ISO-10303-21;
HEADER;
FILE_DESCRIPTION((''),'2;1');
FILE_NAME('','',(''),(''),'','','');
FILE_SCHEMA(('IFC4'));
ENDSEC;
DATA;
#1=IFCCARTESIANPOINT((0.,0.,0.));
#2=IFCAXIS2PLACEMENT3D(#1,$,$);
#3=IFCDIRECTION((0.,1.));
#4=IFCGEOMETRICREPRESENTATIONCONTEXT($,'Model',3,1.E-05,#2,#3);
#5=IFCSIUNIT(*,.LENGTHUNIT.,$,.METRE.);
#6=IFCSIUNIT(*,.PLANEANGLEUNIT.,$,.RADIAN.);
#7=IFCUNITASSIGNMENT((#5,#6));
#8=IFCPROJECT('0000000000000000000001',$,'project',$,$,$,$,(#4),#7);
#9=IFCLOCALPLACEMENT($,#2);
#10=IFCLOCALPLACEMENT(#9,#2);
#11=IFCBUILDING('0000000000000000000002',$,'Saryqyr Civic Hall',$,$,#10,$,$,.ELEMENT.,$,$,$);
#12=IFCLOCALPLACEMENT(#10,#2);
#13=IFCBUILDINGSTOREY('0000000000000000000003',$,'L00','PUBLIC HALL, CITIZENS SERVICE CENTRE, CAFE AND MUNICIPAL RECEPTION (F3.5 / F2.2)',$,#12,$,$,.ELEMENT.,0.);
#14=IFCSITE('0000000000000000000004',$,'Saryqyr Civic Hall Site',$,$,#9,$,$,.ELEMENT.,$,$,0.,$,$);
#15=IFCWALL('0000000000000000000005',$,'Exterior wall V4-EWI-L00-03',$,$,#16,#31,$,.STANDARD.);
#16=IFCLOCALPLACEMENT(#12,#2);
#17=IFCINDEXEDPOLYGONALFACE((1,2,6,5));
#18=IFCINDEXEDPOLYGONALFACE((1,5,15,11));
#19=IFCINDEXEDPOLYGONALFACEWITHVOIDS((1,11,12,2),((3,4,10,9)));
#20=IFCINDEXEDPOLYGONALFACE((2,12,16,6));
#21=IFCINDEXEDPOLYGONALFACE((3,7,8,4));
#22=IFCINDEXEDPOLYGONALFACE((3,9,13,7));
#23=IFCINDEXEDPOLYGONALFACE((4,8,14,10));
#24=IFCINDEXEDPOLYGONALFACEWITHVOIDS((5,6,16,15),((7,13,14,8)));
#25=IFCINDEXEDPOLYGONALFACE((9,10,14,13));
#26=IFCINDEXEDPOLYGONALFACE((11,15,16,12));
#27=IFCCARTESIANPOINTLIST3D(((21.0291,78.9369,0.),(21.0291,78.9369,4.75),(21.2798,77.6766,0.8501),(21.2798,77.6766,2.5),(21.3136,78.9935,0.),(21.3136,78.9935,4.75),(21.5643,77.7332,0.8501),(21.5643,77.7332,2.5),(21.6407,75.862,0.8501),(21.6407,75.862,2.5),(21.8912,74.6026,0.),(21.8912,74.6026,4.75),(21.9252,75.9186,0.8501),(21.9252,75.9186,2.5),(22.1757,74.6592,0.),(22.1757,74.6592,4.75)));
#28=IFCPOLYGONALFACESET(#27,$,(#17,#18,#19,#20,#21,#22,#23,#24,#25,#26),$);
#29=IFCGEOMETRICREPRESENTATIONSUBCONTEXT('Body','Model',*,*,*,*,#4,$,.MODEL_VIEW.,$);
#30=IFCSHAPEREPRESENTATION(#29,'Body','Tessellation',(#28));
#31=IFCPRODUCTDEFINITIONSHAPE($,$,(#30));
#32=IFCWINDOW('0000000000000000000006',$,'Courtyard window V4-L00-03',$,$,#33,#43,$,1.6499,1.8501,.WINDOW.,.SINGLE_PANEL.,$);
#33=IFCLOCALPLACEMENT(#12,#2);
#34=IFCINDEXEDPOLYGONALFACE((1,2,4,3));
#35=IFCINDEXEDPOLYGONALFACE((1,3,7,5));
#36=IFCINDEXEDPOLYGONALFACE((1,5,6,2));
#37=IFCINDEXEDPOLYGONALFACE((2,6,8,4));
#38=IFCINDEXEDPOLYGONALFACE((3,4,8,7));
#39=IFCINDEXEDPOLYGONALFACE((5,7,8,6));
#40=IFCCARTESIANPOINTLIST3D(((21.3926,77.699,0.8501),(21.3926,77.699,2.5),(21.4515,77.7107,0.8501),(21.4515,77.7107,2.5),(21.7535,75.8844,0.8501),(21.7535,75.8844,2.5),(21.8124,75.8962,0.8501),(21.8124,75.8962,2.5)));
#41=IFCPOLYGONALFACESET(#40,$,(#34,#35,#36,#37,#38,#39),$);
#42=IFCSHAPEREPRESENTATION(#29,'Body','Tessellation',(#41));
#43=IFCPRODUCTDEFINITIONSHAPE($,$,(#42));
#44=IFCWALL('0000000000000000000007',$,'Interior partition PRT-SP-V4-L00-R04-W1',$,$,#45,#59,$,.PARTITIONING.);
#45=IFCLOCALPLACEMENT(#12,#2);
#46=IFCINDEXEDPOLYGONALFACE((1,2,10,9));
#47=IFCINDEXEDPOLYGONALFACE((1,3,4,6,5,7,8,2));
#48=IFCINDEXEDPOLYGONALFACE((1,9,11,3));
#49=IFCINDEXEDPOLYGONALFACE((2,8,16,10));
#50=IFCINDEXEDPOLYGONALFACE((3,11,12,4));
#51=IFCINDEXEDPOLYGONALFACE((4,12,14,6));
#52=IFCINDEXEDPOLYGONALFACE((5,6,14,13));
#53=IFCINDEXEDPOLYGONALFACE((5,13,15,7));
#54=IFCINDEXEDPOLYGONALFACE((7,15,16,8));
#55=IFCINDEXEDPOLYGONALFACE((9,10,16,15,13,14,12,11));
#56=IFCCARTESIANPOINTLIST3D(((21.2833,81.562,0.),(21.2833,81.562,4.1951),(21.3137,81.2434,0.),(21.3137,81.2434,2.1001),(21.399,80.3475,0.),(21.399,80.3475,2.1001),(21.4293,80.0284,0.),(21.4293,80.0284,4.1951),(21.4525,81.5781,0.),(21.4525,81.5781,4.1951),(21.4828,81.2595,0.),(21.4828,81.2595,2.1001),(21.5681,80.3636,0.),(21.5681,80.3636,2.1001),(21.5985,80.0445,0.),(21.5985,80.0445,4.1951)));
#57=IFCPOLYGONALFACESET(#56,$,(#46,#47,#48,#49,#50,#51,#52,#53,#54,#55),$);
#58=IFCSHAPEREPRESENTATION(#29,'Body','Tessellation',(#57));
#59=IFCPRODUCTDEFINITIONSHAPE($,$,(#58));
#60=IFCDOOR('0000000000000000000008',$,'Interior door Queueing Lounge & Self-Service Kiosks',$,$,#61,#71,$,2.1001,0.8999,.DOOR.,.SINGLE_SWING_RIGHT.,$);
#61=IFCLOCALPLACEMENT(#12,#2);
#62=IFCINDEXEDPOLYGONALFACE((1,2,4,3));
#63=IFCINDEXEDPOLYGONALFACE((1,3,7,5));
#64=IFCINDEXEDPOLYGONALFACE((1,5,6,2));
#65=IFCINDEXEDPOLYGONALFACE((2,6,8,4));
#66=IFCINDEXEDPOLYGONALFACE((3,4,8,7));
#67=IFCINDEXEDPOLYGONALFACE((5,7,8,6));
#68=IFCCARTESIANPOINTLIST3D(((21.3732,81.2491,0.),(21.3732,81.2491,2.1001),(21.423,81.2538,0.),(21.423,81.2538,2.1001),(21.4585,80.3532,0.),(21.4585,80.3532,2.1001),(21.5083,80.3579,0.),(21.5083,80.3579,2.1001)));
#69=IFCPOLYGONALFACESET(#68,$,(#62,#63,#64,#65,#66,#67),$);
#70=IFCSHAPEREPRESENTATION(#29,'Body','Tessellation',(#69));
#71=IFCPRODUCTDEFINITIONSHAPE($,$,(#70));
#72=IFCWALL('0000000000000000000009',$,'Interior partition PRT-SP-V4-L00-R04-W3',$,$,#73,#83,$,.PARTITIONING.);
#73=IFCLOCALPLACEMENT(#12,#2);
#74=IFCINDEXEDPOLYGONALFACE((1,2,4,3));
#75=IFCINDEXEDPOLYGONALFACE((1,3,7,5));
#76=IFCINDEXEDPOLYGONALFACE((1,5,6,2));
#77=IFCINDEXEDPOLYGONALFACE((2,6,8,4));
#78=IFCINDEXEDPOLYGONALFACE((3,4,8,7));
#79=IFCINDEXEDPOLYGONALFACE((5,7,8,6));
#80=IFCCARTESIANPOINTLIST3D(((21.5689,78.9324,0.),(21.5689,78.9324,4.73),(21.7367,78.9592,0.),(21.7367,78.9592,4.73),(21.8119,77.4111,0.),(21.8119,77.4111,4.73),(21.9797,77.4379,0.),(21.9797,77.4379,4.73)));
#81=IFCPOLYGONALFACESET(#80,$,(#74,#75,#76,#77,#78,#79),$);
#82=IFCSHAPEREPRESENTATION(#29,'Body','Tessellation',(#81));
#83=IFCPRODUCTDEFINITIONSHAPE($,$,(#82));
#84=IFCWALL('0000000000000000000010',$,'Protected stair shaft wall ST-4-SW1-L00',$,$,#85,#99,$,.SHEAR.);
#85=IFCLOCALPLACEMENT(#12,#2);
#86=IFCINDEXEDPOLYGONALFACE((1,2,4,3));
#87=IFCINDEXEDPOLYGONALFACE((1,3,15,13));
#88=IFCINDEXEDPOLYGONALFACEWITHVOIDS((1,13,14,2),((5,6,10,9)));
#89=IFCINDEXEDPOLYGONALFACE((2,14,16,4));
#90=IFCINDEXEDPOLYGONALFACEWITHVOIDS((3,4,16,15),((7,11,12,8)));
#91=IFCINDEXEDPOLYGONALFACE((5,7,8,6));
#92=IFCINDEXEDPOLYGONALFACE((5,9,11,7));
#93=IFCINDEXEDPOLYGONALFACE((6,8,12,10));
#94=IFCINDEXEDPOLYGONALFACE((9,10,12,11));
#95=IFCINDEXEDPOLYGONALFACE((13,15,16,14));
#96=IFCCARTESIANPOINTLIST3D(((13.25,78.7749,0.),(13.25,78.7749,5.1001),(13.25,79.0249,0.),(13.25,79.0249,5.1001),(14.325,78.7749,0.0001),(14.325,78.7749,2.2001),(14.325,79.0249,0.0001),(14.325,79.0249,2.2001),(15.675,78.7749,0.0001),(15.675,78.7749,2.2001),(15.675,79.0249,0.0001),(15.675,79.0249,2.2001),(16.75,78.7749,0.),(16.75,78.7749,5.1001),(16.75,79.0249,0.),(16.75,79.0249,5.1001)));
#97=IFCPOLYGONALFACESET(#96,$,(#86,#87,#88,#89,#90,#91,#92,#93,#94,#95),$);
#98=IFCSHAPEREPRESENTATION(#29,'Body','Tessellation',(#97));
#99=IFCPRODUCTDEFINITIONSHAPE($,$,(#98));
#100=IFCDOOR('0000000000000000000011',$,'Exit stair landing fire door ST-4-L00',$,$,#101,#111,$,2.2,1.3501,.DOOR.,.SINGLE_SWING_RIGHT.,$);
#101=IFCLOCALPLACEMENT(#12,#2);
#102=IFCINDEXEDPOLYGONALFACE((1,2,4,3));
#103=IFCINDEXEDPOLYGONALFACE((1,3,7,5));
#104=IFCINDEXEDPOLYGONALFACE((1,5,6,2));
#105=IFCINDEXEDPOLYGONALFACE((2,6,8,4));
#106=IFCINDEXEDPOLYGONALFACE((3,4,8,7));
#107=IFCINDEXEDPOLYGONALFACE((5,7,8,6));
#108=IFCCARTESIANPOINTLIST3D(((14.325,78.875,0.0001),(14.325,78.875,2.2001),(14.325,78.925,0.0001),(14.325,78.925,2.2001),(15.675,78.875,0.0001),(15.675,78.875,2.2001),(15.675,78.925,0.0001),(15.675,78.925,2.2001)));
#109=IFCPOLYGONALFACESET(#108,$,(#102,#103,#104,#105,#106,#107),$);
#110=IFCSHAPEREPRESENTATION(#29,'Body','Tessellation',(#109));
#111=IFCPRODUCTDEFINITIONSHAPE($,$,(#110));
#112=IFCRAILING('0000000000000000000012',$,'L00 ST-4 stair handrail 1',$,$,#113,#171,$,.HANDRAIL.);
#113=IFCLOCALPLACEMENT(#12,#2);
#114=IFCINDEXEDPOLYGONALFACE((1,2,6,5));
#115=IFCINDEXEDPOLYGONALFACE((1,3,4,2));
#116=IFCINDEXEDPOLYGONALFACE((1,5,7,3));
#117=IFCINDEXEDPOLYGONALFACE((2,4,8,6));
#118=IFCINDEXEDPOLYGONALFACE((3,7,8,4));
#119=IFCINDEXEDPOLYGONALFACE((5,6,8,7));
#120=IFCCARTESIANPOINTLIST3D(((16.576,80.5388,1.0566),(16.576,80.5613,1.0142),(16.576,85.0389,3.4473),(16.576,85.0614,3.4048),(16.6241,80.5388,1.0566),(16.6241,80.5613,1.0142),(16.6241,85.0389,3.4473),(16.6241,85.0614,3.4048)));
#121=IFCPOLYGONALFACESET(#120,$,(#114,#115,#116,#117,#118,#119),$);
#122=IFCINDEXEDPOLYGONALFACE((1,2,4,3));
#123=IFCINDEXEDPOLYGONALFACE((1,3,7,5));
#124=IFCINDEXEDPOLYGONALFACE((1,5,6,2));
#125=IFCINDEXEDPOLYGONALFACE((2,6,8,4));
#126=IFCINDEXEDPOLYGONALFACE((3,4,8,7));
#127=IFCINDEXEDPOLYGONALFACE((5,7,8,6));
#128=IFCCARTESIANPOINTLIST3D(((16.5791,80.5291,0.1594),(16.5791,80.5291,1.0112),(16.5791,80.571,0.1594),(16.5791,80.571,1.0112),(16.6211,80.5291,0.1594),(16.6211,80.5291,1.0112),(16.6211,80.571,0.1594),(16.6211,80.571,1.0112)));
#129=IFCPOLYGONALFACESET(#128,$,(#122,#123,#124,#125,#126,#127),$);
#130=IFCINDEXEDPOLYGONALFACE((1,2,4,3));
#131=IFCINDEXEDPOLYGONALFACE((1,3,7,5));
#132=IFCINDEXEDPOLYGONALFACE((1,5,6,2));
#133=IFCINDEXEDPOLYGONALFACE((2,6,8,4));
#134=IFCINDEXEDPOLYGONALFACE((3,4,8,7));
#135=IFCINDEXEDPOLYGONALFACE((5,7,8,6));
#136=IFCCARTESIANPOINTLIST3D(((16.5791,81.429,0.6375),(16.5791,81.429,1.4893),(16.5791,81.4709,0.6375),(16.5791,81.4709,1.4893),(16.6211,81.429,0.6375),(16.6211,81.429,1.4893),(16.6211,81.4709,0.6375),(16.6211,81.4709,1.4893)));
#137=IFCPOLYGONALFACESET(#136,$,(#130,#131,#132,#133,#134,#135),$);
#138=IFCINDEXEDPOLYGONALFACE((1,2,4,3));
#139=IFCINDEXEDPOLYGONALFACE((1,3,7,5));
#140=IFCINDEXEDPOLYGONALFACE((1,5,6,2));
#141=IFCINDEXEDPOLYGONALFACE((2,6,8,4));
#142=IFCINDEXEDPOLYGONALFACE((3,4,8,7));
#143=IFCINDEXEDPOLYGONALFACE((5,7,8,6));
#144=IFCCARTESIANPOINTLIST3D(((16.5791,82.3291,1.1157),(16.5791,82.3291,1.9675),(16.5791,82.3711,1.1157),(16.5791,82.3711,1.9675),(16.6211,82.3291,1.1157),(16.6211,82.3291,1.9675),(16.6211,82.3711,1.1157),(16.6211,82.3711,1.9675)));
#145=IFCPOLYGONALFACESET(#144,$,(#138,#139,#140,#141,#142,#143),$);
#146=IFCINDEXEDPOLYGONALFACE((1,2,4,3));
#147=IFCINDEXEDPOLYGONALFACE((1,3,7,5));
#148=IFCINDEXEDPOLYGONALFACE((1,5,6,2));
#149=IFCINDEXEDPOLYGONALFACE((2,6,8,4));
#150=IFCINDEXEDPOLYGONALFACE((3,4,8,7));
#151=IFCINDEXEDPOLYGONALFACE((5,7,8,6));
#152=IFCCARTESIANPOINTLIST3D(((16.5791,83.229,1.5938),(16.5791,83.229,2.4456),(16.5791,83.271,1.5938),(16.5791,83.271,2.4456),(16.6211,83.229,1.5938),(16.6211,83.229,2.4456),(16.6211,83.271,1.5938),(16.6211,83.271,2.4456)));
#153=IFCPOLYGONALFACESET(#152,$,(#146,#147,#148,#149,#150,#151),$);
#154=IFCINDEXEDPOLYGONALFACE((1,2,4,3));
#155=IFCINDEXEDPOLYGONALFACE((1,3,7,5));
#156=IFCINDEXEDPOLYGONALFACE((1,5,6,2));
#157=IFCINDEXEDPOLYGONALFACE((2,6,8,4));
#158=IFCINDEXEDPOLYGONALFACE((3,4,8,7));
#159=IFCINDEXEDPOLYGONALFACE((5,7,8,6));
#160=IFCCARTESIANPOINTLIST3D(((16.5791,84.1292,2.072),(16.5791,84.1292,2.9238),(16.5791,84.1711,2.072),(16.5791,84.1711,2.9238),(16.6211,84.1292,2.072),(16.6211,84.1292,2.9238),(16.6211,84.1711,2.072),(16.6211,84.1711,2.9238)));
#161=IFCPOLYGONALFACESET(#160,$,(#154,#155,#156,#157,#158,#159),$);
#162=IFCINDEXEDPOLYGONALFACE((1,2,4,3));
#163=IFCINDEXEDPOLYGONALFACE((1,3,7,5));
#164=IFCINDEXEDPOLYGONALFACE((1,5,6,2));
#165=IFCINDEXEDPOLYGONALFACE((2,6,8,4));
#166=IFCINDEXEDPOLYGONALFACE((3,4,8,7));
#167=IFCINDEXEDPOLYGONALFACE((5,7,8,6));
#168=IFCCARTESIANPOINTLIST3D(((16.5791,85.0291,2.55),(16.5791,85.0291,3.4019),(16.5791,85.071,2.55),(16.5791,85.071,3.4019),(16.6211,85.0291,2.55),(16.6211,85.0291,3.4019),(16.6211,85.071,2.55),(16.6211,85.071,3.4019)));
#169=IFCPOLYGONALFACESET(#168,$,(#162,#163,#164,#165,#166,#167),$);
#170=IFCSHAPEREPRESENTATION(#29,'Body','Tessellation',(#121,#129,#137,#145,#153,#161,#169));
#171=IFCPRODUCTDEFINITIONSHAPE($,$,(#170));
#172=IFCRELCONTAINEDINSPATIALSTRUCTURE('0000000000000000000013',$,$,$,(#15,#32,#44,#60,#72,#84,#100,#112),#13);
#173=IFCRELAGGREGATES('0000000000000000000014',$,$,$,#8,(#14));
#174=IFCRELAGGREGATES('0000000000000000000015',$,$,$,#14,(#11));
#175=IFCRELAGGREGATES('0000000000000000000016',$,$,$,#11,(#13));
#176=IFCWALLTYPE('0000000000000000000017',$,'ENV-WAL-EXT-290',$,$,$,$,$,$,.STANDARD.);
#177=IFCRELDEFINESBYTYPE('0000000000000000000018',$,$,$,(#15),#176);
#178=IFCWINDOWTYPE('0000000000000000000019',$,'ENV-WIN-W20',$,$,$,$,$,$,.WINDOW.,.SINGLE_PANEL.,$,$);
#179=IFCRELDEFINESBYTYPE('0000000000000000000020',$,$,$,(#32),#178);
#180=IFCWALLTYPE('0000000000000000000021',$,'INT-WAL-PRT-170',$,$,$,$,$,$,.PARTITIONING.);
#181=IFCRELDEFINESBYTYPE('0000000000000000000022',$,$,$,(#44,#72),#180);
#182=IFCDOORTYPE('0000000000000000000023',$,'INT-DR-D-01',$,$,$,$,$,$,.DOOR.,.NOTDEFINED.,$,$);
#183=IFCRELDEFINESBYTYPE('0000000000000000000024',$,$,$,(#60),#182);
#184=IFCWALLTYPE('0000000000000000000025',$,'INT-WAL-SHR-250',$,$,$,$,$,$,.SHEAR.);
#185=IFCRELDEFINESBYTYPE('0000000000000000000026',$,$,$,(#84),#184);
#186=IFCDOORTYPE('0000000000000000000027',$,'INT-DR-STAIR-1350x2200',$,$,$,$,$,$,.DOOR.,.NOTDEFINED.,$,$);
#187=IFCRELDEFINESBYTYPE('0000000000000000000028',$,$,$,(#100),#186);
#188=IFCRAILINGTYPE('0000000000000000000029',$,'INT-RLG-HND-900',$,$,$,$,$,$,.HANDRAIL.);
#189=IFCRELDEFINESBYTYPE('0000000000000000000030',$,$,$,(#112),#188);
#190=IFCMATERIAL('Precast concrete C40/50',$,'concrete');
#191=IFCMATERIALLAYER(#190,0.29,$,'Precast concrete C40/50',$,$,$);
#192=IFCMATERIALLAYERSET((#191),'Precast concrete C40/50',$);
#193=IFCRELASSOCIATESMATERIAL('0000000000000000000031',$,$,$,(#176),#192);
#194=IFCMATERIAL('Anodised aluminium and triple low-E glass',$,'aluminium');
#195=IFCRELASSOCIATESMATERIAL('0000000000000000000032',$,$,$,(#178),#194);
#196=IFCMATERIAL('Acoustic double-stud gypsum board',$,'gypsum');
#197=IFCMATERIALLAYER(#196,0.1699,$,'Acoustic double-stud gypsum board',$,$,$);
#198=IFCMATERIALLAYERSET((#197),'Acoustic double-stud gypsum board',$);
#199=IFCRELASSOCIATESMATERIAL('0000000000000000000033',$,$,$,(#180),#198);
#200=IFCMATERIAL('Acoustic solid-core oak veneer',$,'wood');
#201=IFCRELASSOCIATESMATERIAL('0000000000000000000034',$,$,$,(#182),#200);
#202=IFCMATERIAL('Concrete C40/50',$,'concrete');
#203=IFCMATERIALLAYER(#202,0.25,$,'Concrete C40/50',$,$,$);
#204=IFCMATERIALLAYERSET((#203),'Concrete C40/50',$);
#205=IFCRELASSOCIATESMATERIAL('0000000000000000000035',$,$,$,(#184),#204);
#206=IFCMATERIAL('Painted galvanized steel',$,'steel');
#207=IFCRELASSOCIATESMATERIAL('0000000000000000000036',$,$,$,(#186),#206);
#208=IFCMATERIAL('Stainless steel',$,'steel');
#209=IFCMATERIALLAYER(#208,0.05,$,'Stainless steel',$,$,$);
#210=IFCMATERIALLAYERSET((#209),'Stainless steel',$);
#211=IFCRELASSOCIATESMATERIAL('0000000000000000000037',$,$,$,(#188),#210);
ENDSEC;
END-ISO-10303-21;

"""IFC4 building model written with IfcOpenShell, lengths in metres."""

from ifc_helpers import new_model, si_unit, direction, frame, frame_2d, origin, origin_2d, place, context, subcontext, project, spatial, rectangle, extrude, material, layer, layer_set, type_object, element, fill, save


model = new_model("IFC4")

# Units and contexts
model_context = context("Model", 3, precision=1e-05, world=origin(), true_north=direction((0.0, 1.0)))
body_context = subcontext(model_context, "Body", "Model", "MODEL_VIEW")
ifc_project = project(units=[si_unit("LENGTHUNIT", "METRE"), si_unit("PLANEANGLEUNIT", "RADIAN")], contexts=[model_context])

# Site, building, storey
site_placement = place(None, origin())
site = spatial("IfcSite", under=ifc_project, at=site_placement, Name="Saryqyr Civic Hall Site", CompositionType="ELEMENT", RefElevation=0.0)
building_placement = place(site_placement, origin())
building = spatial("IfcBuilding", under=site, at=building_placement, Name="Saryqyr Civic Hall", CompositionType="ELEMENT")
storey_placement = place(building_placement, origin())
storey = spatial("IfcBuildingStorey", under=building, at=storey_placement, Name="L00", Description="PUBLIC HALL, CITIZENS SERVICE CENTRE, CAFE AND MUNICIPAL RECEPTION (F3.5 / F2.2)", CompositionType="ELEMENT", Elevation=0.0)

# Shared definitions
ifc_material_1 = material(Name="Concrete C40/50", Category="concrete")

# Shared definitions
ifc_material_2 = material(Name="Anodised aluminium and triple low-E glass", Category="aluminium")

# Wall, opening, window
ifc_material_3 = material(Name="Precast concrete C40/50", Category="concrete")
ifc_layer_1 = layer(ifc_material_3, 0.29, Name="Precast concrete C40/50")
ifc_layer_set_1 = layer_set([ifc_layer_1], Name="Precast concrete C40/50")
wall_type_1 = type_object("IfcWallType", Name="ENV-WAL-EXT-290", PredefinedType="STANDARD", material=ifc_layer_set_1)
wall_1_placement = place(storey_placement, frame((21.1714, 78.9651, 0.0), z_axis=(0.0, 0.0, 1.0), x_axis=(0.195075, -0.980788, 0.0)))
wall_1 = element("IfcWall", 1, at=wall_1_placement, inside=storey, type_object=wall_type_1, Name="Exterior wall V4-EWI-L00-03", PredefinedType="STANDARD", context=body_context, shape_type="SweptSolid", body=[
    extrude(rectangle(XDim=4.4192, YDim=0.29, at=frame_2d((2.2095, 0.0))), origin(), (0.0, 0.0, 1.0), 4.75),
])
opening_1_placement = place(wall_1_placement, frame((1.2849, 0.0, 0.8501)))
opening_1 = element("IfcOpeningElement", 2, at=opening_1_placement, cuts=wall_1, PredefinedType="OPENING", context=body_context, shape_type="SweptSolid", body=[
    extrude(rectangle(XDim=1.8501, YDim=1.6499, at=frame_2d((0.925, 0.825))), frame((0.0, 0.155, 0.0), z_axis=(0.0, -1.0, 0.0), x_axis=(1.0, 0.0, 0.0)), (0.0, 0.0, 1.0), 0.3101),
])
window_type = type_object("IfcWindowType", Name="ENV-WIN-W20", PartitioningType="SINGLE_PANEL", PredefinedType="WINDOW", material=ifc_material_2)
window_placement = place(opening_1_placement, origin())
window = element("IfcWindow", 3, at=window_placement, inside=storey, type_object=window_type, Name="Courtyard window V4-L00-03", OverallHeight=1.6499, OverallWidth=1.8501, PartitioningType="SINGLE_PANEL", PredefinedType="WINDOW", context=body_context, shape_type="SweptSolid", body=[
    extrude(rectangle(XDim=1.8501, YDim=1.6499, at=frame_2d((0.925, 0.825))), frame((0.0, 0.03, 0.0), z_axis=(0.0, -1.0, 0.0), x_axis=(1.0, 0.0, 0.0)), (0.0, 0.0, 1.0), 0.0601),
])
fill(opening_1, window)

# Wall, opening, door
ifc_material_4 = material(Name="Acoustic double-stud gypsum board", Category="gypsum")
ifc_layer_2 = layer(ifc_material_4, 0.1699, Name="Acoustic double-stud gypsum board")
ifc_layer_set_2 = layer_set([ifc_layer_2], Name="Acoustic double-stud gypsum board")
wall_type_2 = type_object("IfcWallType", Name="INT-WAL-PRT-170", PredefinedType="PARTITIONING", material=ifc_layer_set_2)
wall_2_placement = place(storey_placement, frame((21.3679, 81.5701, 0.0), z_axis=(0.0, 0.0, 1.0), x_axis=(0.094764, -0.9955, 0.0)))
wall_2 = element("IfcWall", 4, at=wall_2_placement, inside=storey, type_object=wall_type_2, Name="Interior partition PRT-SP-V4-L00-R04-W1", PredefinedType="PARTITIONING", context=body_context, shape_type="SweptSolid", body=[
    extrude(rectangle(XDim=1.5405, YDim=0.1699, at=frame_2d((0.7703, 0.0))), origin(), (0.0, 0.0, 1.0), 4.1951),
])
opening_2_placement = place(wall_2_placement, frame((0.3201, 0.0, 0.0)))
opening_2 = element("IfcOpeningElement", 5, at=opening_2_placement, cuts=wall_2, PredefinedType="OPENING", context=body_context, shape_type="SweptSolid", body=[
    extrude(rectangle(XDim=0.8999, YDim=2.1001, at=frame_2d((0.45, 1.05))), frame((0.0, 0.095, 0.0), z_axis=(0.0, -1.0, 0.0), x_axis=(1.0, 0.0, 0.0)), (0.0, 0.0, 1.0), 0.1899),
])
ifc_material_5 = material(Name="Acoustic solid-core oak veneer", Category="wood")
door_type_1 = type_object("IfcDoorType", Name="INT-DR-D-01", OperationType="NOTDEFINED", PredefinedType="DOOR", material=ifc_material_5)
door_1_placement = place(opening_2_placement, origin())
door_1 = element("IfcDoor", 6, at=door_1_placement, inside=storey, type_object=door_type_1, Name="Interior door Queueing Lounge & Self-Service Kiosks", OperationType="SINGLE_SWING_RIGHT", OverallHeight=2.1001, OverallWidth=0.8999, PredefinedType="DOOR", context=body_context, shape_type="SweptSolid", body=[
    extrude(rectangle(XDim=0.8999, YDim=2.1001, at=frame_2d((0.45, 1.05))), frame((0.0, 0.0249, 0.0), z_axis=(0.0, -1.0, 0.0), x_axis=(1.0, 0.0, 0.0)), (0.0, 0.0, 1.0), 0.05),
])
fill(opening_2, door_1)

# Wall
wall_3_placement = place(storey_placement, frame((21.6528, 78.9458, 0.0), z_axis=(0.0, 0.0, 1.0), x_axis=(0.157688, -0.987489, 0.0)))
element("IfcWall", 7, at=wall_3_placement, inside=storey, type_object=wall_type_2, Name="Interior partition PRT-SP-V4-L00-R04-W3", PredefinedType="PARTITIONING", context=body_context, shape_type="SweptSolid", body=[
    extrude(rectangle(XDim=1.5405, YDim=0.1699, at=frame_2d((0.7703, 0.0))), origin(), (0.0, 0.0, 1.0), 4.73),
])

# Wall, opening, door
ifc_layer_3 = layer(ifc_material_1, 0.25, Name="Concrete C40/50")
ifc_layer_set_3 = layer_set([ifc_layer_3], Name="Concrete C40/50")
wall_type_3 = type_object("IfcWallType", Name="INT-WAL-SHR-250", PredefinedType="SHEAR", material=ifc_layer_set_3)
wall_4_placement = place(storey_placement, frame((16.75, 78.8999, 0.0), z_axis=(0.0, 0.0, 1.0), x_axis=(-1.0, 0.0, 0.0)))
wall_4 = element("IfcWall", 8, at=wall_4_placement, inside=storey, type_object=wall_type_3, Name="Protected stair shaft wall ST-4-SW1-L00", PredefinedType="SHEAR", context=body_context, shape_type="SweptSolid", body=[
    extrude(rectangle(XDim=3.5, YDim=0.25, at=frame_2d((1.75, 0.0))), origin(), (0.0, 0.0, 1.0), 5.1001),
])
opening_3_placement = place(wall_4_placement, frame((1.075, 0.0, 0.0)))
opening_3 = element("IfcOpeningElement", 9, at=opening_3_placement, cuts=wall_4, PredefinedType="OPENING", context=body_context, shape_type="SweptSolid", body=[
    extrude(rectangle(XDim=1.3501, YDim=2.2, at=frame_2d((0.675, 1.1001))), frame((0.0, 0.135, 0.0), z_axis=(0.0, -1.0, 0.0), x_axis=(1.0, 0.0, 0.0)), (0.0, 0.0, 1.0), 0.27),
])
ifc_material_6 = material(Name="Painted galvanized steel", Category="steel")
door_type_2 = type_object("IfcDoorType", Name="INT-DR-STAIR-1350x2200", OperationType="NOTDEFINED", PredefinedType="DOOR", material=ifc_material_6)
door_2_placement = place(opening_3_placement, origin())
door_2 = element("IfcDoor", 10, at=door_2_placement, inside=storey, type_object=door_type_2, Name="Exit stair landing fire door ST-4-L00", OperationType="SINGLE_SWING_RIGHT", OverallHeight=2.2, OverallWidth=1.3501, PredefinedType="DOOR", context=body_context, shape_type="SweptSolid", body=[
    extrude(rectangle(XDim=1.3501, YDim=2.2, at=frame_2d((0.675, 1.1001))), frame((0.0, 0.0249, 0.0), z_axis=(0.0, -1.0, 0.0), x_axis=(1.0, 0.0, 0.0)), (0.0, 0.0, 1.0), 0.05),
])
fill(opening_3, door_2)

# Railing
ifc_material_7 = material(Name="Stainless steel", Category="steel")
ifc_layer_4 = layer(ifc_material_7, 0.05, Name="Stainless steel")
ifc_layer_set_4 = layer_set([ifc_layer_4], Name="Stainless steel")
railing_type = type_object("IfcRailingType", Name="INT-RLG-HND-900", PredefinedType="HANDRAIL", material=ifc_layer_set_4)
railing_placement = place(storey_placement, frame((16.6001, 80.55, 0.1594)))
element("IfcRailing", 11, at=railing_placement, inside=storey, type_object=railing_type, Name="L00 ST-4 stair handrail 1", PredefinedType="HANDRAIL", context=body_context, shape_type="SweptSolid", body=[
    extrude(rectangle(XDim=0.0481, YDim=0.0481, at=origin_2d()), frame((0.0, 0.0, 0.876), z_axis=(0.0, 0.883116, 0.469155), x_axis=(-1.0, 0.0, 0.0)), (0.0, 0.0, 1.0), 5.0957),
    extrude(rectangle(XDim=0.042, YDim=0.042, at=origin_2d()), origin(), (0.0, 0.0, 1.0), 0.8518),
    extrude(rectangle(XDim=0.042, YDim=0.042, at=origin_2d()), frame((0.0, 0.8999, 0.478)), (0.0, 0.0, 1.0), 0.8518),
    extrude(rectangle(XDim=0.042, YDim=0.042, at=origin_2d()), frame((0.0, 1.8, 0.9563)), (0.0, 0.0, 1.0), 0.8518),
    extrude(rectangle(XDim=0.042, YDim=0.042, at=origin_2d()), frame((0.0, 2.7, 1.4343)), (0.0, 0.0, 1.0), 0.8518),
    extrude(rectangle(XDim=0.042, YDim=0.042, at=origin_2d()), frame((0.0, 3.6001, 1.9126)), (0.0, 0.0, 1.0), 0.8518),
    extrude(rectangle(XDim=0.042, YDim=0.042, at=origin_2d()), frame((0.0, 4.5, 2.3906)), (0.0, 0.0, 1.0), 0.8518),
])

save(model, "model.ifc")
